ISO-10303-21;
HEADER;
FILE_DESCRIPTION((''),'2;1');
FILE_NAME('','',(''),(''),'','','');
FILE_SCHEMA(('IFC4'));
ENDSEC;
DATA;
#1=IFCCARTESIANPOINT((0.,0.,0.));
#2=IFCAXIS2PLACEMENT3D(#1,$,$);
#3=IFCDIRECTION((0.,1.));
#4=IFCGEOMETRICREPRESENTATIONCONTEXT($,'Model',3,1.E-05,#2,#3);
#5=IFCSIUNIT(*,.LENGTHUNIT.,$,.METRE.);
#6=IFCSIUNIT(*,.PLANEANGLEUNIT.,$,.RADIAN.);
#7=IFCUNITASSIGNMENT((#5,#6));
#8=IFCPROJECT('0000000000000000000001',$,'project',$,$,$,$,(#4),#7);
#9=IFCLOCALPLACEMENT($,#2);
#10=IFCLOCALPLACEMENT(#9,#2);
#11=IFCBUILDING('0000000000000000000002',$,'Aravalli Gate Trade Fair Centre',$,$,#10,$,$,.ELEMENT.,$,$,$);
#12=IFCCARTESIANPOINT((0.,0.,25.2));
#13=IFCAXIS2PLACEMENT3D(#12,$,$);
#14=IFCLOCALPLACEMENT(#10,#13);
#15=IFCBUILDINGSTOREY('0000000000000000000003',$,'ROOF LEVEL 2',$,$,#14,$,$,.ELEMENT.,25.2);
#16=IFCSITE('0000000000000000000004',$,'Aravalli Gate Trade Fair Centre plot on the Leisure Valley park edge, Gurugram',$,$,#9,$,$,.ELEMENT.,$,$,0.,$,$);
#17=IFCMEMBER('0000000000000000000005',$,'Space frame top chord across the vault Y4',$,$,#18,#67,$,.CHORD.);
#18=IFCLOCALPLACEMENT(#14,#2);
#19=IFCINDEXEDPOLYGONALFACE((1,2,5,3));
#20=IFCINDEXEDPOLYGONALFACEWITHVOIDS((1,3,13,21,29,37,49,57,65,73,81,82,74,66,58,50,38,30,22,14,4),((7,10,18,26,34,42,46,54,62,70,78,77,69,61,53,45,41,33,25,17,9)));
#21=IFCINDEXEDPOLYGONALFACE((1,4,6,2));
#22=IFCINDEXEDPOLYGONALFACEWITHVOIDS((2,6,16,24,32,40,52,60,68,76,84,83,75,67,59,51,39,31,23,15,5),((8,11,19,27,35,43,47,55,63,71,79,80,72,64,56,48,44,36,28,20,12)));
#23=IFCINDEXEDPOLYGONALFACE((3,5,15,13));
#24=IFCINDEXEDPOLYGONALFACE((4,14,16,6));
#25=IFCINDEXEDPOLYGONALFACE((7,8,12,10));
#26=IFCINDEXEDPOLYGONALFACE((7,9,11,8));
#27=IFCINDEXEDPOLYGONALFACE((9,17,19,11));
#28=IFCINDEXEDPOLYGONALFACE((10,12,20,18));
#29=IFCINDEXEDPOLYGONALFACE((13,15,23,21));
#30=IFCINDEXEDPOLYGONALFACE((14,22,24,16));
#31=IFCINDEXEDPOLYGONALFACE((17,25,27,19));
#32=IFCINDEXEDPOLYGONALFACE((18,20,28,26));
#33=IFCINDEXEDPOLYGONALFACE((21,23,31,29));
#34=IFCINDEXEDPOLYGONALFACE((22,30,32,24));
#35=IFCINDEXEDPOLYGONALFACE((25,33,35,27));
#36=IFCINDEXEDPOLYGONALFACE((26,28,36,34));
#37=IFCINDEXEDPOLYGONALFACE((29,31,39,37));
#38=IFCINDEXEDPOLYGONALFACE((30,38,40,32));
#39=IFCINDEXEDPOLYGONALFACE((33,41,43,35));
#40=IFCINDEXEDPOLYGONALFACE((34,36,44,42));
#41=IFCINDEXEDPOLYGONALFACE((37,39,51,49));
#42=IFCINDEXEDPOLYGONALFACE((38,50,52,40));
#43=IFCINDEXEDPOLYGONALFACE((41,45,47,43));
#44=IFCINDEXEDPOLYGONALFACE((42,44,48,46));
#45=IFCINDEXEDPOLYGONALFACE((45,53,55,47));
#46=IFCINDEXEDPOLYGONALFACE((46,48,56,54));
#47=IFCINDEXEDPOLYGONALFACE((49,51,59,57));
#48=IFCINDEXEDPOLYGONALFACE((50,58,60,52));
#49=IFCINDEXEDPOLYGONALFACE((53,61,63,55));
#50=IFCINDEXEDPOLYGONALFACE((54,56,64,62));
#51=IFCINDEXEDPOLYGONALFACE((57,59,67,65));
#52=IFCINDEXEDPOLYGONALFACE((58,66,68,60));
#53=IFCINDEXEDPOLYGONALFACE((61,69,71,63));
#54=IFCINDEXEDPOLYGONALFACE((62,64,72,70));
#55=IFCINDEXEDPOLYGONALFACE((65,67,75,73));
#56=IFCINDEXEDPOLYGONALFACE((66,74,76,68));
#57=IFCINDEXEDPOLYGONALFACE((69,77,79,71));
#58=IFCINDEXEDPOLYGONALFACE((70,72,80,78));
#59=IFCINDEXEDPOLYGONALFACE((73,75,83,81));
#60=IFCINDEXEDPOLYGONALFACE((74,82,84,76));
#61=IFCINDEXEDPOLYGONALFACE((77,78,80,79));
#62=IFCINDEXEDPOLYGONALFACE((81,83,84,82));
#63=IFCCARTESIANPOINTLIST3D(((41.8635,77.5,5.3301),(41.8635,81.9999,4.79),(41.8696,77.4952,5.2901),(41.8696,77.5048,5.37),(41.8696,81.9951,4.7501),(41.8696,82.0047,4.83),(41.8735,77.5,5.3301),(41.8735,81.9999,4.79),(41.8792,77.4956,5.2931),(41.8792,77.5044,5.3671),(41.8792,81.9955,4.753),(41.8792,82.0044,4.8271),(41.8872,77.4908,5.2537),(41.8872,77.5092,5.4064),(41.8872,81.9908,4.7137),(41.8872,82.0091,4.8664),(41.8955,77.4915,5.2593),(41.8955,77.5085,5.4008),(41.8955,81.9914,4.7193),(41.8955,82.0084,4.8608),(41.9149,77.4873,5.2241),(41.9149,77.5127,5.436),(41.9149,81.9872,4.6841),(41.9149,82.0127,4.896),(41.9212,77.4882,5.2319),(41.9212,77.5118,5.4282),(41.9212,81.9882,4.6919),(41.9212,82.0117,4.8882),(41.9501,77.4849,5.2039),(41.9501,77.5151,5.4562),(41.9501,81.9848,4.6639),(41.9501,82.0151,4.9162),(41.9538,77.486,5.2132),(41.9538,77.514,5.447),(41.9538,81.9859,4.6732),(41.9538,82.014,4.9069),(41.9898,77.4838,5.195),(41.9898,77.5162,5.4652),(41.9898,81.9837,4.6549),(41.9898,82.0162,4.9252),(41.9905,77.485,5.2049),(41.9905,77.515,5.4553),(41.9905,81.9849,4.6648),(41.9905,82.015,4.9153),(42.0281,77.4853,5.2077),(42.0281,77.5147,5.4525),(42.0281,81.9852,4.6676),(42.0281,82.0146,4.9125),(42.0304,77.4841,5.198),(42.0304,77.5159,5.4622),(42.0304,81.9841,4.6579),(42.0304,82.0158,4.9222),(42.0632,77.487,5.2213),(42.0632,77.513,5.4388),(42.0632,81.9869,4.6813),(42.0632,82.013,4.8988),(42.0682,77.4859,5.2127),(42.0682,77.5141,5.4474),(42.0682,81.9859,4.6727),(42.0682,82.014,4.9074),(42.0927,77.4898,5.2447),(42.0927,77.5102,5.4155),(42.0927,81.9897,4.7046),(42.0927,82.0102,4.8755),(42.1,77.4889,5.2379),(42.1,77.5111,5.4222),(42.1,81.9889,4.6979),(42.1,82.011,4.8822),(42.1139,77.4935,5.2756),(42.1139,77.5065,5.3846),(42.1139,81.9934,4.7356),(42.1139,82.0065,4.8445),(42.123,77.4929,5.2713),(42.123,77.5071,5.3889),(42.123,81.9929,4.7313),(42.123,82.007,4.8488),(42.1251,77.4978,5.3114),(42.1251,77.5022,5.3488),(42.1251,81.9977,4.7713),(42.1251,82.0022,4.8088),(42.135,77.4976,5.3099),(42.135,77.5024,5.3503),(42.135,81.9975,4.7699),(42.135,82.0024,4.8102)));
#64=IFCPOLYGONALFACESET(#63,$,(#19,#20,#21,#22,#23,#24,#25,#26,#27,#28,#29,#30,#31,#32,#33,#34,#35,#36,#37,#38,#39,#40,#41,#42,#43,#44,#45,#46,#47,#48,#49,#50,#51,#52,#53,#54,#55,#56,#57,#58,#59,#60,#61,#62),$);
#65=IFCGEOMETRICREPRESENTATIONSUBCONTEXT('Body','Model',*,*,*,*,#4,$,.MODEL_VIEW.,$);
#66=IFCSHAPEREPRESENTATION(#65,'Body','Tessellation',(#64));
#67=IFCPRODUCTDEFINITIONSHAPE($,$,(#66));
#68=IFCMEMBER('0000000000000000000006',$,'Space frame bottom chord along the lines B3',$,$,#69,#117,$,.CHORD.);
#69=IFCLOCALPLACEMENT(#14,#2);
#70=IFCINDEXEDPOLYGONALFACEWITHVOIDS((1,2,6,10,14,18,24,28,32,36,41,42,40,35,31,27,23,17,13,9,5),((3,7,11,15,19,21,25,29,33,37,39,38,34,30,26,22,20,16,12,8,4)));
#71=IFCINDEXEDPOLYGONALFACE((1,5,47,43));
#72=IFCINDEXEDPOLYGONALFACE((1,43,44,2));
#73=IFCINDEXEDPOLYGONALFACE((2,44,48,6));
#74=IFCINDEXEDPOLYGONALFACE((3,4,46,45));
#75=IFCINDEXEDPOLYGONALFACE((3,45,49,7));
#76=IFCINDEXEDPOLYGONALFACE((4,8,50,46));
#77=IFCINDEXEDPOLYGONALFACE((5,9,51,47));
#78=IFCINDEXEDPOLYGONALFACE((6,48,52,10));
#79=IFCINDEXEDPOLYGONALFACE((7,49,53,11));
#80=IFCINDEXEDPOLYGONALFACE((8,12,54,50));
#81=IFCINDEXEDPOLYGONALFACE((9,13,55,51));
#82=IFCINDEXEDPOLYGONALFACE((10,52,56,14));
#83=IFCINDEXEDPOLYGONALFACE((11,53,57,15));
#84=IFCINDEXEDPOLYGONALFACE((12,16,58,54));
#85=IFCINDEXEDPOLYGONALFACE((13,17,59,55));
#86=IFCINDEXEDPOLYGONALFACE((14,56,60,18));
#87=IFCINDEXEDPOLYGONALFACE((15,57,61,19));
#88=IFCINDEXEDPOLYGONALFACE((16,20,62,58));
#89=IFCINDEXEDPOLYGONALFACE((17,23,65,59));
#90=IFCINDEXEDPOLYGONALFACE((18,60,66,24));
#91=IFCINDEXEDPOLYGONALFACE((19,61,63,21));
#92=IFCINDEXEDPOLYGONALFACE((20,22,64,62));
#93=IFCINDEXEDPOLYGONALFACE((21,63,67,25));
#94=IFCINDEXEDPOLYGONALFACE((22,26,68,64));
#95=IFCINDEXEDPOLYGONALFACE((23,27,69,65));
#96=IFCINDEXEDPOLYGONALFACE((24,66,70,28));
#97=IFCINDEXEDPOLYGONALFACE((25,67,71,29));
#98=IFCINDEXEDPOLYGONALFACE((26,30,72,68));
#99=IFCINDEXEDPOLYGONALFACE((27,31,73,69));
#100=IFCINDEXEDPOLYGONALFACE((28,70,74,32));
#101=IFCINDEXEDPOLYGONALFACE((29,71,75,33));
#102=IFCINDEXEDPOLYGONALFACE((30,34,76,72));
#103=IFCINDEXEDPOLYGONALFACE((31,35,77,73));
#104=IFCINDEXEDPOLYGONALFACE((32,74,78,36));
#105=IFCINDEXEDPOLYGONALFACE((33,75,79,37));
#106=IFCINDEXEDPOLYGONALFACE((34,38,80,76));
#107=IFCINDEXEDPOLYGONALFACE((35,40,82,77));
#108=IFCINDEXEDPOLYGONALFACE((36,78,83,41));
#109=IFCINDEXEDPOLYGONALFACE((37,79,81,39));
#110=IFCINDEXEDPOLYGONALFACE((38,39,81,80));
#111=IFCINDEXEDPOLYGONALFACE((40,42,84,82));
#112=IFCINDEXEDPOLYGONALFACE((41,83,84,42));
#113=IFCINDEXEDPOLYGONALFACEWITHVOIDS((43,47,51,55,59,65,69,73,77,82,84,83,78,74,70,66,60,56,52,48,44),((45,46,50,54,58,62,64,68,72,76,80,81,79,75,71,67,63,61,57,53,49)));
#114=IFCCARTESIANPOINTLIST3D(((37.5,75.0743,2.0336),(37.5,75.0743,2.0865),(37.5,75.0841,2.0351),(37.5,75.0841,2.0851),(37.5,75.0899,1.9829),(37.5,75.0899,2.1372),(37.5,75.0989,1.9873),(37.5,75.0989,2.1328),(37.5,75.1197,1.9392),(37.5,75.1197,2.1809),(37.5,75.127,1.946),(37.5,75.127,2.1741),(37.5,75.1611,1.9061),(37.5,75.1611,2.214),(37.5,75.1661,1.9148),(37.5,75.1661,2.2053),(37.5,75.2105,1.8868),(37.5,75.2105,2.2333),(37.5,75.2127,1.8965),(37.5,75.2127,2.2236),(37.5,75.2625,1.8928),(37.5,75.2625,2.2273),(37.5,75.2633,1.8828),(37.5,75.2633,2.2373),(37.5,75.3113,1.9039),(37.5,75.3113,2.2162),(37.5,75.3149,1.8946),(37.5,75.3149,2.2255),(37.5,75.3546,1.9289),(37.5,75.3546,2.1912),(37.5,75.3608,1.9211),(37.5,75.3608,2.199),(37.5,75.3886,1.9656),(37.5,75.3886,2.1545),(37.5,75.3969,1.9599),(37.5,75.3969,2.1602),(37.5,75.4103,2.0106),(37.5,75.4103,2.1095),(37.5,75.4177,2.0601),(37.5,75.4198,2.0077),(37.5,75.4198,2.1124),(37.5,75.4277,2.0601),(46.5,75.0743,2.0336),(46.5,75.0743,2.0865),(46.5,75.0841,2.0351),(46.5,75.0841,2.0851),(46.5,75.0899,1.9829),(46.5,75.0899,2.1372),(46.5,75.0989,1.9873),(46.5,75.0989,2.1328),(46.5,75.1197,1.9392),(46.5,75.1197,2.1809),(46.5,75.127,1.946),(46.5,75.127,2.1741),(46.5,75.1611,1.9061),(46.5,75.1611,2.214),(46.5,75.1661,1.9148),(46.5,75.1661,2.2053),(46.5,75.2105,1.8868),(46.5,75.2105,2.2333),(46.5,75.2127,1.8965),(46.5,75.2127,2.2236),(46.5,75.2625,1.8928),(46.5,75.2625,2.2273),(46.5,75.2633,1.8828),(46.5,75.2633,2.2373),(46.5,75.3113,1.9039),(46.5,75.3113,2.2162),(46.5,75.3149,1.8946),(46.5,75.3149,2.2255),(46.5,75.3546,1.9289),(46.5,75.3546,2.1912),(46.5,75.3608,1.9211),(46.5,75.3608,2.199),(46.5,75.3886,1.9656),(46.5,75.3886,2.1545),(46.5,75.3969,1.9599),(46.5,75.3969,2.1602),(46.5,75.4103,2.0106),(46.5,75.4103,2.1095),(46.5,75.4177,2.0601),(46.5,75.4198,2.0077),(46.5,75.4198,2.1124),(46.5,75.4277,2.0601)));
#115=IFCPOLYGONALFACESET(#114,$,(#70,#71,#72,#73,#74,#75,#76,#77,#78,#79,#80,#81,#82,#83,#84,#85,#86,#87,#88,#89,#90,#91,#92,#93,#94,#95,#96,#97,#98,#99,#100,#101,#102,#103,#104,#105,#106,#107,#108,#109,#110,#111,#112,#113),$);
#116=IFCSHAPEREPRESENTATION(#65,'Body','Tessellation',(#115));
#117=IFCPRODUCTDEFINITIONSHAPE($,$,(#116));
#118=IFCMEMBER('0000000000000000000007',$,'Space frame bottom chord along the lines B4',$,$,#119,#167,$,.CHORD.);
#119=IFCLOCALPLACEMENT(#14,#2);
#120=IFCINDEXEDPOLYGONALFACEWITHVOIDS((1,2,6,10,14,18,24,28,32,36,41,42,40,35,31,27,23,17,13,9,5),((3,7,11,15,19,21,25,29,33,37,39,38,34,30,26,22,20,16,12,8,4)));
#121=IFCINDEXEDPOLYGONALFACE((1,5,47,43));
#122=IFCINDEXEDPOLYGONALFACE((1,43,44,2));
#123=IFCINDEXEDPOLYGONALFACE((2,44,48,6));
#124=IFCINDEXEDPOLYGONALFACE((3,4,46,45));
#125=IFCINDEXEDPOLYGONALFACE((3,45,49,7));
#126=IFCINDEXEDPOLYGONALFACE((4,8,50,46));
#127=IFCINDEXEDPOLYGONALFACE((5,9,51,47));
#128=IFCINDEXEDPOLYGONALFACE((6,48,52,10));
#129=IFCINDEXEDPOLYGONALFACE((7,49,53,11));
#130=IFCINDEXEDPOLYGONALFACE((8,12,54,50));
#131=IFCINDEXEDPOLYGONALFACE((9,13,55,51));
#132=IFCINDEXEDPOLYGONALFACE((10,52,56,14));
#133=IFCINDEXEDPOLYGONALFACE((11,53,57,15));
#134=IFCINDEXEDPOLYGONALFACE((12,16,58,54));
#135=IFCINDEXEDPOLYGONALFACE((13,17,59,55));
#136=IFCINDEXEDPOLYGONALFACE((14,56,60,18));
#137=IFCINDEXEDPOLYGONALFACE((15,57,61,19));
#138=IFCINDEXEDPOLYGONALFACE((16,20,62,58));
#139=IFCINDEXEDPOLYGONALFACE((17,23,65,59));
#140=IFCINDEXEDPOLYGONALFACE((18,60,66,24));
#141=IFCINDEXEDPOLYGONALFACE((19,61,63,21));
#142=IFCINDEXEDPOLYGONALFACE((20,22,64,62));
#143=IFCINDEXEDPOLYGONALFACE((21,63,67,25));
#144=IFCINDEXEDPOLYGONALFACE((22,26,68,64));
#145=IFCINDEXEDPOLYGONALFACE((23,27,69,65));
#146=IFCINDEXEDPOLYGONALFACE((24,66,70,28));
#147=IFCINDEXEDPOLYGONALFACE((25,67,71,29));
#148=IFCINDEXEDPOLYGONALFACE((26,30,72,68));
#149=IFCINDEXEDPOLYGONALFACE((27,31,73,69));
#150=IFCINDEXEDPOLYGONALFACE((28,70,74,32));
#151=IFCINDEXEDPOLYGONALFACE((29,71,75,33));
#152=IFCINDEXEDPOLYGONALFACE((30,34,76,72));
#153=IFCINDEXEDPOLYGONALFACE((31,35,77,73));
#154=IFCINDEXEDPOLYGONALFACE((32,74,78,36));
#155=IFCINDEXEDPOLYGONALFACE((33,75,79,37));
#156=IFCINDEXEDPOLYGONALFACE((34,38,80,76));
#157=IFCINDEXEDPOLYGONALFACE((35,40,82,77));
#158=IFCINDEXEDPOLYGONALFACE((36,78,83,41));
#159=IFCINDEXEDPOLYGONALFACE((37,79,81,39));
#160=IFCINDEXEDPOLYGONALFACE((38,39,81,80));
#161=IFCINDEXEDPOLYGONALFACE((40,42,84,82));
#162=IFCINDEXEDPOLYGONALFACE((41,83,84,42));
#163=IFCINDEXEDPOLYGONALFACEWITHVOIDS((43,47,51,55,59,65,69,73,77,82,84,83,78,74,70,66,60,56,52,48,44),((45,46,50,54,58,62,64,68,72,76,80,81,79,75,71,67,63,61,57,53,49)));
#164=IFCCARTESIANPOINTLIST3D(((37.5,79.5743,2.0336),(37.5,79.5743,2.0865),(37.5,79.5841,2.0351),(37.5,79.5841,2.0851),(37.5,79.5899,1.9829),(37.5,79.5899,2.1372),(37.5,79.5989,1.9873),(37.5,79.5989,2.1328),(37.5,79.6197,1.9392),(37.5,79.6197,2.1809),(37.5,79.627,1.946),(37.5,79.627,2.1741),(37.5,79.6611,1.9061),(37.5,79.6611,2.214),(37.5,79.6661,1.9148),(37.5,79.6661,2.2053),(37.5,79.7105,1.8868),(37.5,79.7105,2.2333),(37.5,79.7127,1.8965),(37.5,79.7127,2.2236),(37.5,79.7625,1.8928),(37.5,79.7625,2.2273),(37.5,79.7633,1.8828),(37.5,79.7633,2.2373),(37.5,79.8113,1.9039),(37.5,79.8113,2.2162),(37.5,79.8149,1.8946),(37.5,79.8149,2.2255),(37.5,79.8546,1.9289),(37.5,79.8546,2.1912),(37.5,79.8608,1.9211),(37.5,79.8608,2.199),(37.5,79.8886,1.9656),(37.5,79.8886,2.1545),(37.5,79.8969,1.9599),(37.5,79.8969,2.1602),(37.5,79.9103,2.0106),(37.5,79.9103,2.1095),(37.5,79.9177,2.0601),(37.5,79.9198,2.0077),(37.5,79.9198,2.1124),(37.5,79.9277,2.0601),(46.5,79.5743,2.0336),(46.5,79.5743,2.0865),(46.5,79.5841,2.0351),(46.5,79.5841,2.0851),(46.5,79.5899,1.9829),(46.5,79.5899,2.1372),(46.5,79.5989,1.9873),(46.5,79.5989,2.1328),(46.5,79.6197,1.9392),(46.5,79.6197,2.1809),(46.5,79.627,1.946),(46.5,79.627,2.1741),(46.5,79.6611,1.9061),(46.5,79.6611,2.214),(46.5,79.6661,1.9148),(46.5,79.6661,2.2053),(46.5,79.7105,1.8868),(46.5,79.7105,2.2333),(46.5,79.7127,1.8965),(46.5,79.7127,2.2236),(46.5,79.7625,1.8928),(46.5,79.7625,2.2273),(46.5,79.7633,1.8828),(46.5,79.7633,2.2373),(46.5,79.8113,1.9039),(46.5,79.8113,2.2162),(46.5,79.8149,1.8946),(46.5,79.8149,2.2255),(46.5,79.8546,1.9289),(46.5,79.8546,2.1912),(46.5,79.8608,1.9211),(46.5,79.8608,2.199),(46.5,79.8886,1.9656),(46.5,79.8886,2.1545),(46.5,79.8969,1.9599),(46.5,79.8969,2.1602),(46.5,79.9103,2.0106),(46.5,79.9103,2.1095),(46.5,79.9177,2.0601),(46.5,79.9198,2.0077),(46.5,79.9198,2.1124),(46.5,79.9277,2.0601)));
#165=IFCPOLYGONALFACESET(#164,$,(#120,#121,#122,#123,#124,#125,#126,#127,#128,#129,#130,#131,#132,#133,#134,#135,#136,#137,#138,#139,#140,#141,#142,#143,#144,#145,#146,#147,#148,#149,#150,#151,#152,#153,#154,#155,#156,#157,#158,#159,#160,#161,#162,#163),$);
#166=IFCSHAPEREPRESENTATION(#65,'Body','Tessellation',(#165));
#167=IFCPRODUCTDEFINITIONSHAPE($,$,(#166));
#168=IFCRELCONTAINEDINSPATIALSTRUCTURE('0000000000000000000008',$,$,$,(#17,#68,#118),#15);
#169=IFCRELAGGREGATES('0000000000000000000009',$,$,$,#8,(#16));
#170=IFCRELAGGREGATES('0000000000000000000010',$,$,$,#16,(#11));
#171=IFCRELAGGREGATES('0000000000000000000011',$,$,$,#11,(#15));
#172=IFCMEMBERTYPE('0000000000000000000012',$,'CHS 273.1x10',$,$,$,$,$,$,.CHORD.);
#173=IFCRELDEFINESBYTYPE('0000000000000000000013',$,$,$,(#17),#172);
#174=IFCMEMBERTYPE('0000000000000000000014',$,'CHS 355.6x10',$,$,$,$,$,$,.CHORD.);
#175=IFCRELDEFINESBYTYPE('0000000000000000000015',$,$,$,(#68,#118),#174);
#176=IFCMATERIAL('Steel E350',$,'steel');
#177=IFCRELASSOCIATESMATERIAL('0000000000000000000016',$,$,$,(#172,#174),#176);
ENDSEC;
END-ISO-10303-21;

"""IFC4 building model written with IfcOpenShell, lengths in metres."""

from ifc_helpers import new_model, si_unit, direction, frame, origin, origin_2d, place, context, subcontext, project, spatial, hollow_circle, extrude, material, material_profile, profile_set, type_object, element, save


model = new_model("IFC4")

# Units and contexts
model_context = context("Model", 3, precision=1e-05, world=origin(), true_north=direction((0.0, 1.0)))
body_context = subcontext(model_context, "Body", "Model", "MODEL_VIEW")
ifc_project = project(units=[si_unit("LENGTHUNIT", "METRE"), si_unit("PLANEANGLEUNIT", "RADIAN")], contexts=[model_context])

# Site, building, storey
site_placement = place(None, origin())
site = spatial("IfcSite", under=ifc_project, at=site_placement, Name="Aravalli Gate Trade Fair Centre plot on the Leisure Valley park edge, Gurugram", CompositionType="ELEMENT", RefElevation=0.0)
building_placement = place(site_placement, origin())
building = spatial("IfcBuilding", under=site, at=building_placement, Name="Aravalli Gate Trade Fair Centre", CompositionType="ELEMENT")
storey_placement = place(building_placement, frame((0.0, 0.0, 25.2)))
storey = spatial("IfcBuildingStorey", under=building, at=storey_placement, Name="ROOF LEVEL 2", CompositionType="ELEMENT", Elevation=25.2)

# Members
ifc_material = material(Name="Steel E350", Category="steel")
ifc_material_profile_1 = material_profile(ifc_material, hollow_circle(Radius=0.1365, WallThickness=0.01, at=origin_2d()), Name="CHS 273.1x10")
ifc_profile_set_1 = profile_set([ifc_material_profile_1], Name="Steel E350")
member_type_1 = type_object("IfcMemberType", Name="CHS 273.1x10", PredefinedType="CHORD", material=ifc_profile_set_1)
member_1_placement = place(storey_placement, frame((42.0, 77.5, 5.3301), z_axis=(0.0, 0.992876, -0.119154), x_axis=(-1.0, 0.0, 0.0)))
element("IfcMember", 1, at=member_1_placement, inside=storey, type_object=member_type_1, Name="Space frame top chord across the vault Y4", PredefinedType="CHORD", context=body_context, shape_type="SweptSolid", body=[
    extrude(hollow_circle(Radius=0.1365, WallThickness=0.01, at=origin_2d()), origin(), (0.0, 0.0, 1.0), 4.5322),
])
ifc_material_profile_2 = material_profile(ifc_material, hollow_circle(Radius=0.1777, WallThickness=0.01, at=origin_2d()), Name="CHS 355.6x10")
ifc_profile_set_2 = profile_set([ifc_material_profile_2], Name="Steel E350")
member_type_2 = type_object("IfcMemberType", Name="CHS 355.6x10", PredefinedType="CHORD", material=ifc_profile_set_2)
for number, where, z_axis, x_axis, name in (
    (2, (37.5, 75.25, 2.0601), (1.0, 0.0, 0.0), (0.0, 1.0, 0.0), "Space frame bottom chord along the lines B3"),
    (3, (37.5, 79.75, 2.0601), (1.0, 0.0, 0.0), (0.0, 1.0, 0.0), "Space frame bottom chord along the lines B4"),
):
    element("IfcMember", number, at=place(storey_placement, frame(where, z_axis=z_axis, x_axis=x_axis)), inside=storey, type_object=member_type_2, Name=name, PredefinedType="CHORD", context=body_context, shape_type="SweptSolid", body=[
        extrude(hollow_circle(Radius=0.1777, WallThickness=0.01, at=origin_2d()), origin(), (0.0, 0.0, 1.0), 9.0),
    ])

save(model, "model.ifc")
